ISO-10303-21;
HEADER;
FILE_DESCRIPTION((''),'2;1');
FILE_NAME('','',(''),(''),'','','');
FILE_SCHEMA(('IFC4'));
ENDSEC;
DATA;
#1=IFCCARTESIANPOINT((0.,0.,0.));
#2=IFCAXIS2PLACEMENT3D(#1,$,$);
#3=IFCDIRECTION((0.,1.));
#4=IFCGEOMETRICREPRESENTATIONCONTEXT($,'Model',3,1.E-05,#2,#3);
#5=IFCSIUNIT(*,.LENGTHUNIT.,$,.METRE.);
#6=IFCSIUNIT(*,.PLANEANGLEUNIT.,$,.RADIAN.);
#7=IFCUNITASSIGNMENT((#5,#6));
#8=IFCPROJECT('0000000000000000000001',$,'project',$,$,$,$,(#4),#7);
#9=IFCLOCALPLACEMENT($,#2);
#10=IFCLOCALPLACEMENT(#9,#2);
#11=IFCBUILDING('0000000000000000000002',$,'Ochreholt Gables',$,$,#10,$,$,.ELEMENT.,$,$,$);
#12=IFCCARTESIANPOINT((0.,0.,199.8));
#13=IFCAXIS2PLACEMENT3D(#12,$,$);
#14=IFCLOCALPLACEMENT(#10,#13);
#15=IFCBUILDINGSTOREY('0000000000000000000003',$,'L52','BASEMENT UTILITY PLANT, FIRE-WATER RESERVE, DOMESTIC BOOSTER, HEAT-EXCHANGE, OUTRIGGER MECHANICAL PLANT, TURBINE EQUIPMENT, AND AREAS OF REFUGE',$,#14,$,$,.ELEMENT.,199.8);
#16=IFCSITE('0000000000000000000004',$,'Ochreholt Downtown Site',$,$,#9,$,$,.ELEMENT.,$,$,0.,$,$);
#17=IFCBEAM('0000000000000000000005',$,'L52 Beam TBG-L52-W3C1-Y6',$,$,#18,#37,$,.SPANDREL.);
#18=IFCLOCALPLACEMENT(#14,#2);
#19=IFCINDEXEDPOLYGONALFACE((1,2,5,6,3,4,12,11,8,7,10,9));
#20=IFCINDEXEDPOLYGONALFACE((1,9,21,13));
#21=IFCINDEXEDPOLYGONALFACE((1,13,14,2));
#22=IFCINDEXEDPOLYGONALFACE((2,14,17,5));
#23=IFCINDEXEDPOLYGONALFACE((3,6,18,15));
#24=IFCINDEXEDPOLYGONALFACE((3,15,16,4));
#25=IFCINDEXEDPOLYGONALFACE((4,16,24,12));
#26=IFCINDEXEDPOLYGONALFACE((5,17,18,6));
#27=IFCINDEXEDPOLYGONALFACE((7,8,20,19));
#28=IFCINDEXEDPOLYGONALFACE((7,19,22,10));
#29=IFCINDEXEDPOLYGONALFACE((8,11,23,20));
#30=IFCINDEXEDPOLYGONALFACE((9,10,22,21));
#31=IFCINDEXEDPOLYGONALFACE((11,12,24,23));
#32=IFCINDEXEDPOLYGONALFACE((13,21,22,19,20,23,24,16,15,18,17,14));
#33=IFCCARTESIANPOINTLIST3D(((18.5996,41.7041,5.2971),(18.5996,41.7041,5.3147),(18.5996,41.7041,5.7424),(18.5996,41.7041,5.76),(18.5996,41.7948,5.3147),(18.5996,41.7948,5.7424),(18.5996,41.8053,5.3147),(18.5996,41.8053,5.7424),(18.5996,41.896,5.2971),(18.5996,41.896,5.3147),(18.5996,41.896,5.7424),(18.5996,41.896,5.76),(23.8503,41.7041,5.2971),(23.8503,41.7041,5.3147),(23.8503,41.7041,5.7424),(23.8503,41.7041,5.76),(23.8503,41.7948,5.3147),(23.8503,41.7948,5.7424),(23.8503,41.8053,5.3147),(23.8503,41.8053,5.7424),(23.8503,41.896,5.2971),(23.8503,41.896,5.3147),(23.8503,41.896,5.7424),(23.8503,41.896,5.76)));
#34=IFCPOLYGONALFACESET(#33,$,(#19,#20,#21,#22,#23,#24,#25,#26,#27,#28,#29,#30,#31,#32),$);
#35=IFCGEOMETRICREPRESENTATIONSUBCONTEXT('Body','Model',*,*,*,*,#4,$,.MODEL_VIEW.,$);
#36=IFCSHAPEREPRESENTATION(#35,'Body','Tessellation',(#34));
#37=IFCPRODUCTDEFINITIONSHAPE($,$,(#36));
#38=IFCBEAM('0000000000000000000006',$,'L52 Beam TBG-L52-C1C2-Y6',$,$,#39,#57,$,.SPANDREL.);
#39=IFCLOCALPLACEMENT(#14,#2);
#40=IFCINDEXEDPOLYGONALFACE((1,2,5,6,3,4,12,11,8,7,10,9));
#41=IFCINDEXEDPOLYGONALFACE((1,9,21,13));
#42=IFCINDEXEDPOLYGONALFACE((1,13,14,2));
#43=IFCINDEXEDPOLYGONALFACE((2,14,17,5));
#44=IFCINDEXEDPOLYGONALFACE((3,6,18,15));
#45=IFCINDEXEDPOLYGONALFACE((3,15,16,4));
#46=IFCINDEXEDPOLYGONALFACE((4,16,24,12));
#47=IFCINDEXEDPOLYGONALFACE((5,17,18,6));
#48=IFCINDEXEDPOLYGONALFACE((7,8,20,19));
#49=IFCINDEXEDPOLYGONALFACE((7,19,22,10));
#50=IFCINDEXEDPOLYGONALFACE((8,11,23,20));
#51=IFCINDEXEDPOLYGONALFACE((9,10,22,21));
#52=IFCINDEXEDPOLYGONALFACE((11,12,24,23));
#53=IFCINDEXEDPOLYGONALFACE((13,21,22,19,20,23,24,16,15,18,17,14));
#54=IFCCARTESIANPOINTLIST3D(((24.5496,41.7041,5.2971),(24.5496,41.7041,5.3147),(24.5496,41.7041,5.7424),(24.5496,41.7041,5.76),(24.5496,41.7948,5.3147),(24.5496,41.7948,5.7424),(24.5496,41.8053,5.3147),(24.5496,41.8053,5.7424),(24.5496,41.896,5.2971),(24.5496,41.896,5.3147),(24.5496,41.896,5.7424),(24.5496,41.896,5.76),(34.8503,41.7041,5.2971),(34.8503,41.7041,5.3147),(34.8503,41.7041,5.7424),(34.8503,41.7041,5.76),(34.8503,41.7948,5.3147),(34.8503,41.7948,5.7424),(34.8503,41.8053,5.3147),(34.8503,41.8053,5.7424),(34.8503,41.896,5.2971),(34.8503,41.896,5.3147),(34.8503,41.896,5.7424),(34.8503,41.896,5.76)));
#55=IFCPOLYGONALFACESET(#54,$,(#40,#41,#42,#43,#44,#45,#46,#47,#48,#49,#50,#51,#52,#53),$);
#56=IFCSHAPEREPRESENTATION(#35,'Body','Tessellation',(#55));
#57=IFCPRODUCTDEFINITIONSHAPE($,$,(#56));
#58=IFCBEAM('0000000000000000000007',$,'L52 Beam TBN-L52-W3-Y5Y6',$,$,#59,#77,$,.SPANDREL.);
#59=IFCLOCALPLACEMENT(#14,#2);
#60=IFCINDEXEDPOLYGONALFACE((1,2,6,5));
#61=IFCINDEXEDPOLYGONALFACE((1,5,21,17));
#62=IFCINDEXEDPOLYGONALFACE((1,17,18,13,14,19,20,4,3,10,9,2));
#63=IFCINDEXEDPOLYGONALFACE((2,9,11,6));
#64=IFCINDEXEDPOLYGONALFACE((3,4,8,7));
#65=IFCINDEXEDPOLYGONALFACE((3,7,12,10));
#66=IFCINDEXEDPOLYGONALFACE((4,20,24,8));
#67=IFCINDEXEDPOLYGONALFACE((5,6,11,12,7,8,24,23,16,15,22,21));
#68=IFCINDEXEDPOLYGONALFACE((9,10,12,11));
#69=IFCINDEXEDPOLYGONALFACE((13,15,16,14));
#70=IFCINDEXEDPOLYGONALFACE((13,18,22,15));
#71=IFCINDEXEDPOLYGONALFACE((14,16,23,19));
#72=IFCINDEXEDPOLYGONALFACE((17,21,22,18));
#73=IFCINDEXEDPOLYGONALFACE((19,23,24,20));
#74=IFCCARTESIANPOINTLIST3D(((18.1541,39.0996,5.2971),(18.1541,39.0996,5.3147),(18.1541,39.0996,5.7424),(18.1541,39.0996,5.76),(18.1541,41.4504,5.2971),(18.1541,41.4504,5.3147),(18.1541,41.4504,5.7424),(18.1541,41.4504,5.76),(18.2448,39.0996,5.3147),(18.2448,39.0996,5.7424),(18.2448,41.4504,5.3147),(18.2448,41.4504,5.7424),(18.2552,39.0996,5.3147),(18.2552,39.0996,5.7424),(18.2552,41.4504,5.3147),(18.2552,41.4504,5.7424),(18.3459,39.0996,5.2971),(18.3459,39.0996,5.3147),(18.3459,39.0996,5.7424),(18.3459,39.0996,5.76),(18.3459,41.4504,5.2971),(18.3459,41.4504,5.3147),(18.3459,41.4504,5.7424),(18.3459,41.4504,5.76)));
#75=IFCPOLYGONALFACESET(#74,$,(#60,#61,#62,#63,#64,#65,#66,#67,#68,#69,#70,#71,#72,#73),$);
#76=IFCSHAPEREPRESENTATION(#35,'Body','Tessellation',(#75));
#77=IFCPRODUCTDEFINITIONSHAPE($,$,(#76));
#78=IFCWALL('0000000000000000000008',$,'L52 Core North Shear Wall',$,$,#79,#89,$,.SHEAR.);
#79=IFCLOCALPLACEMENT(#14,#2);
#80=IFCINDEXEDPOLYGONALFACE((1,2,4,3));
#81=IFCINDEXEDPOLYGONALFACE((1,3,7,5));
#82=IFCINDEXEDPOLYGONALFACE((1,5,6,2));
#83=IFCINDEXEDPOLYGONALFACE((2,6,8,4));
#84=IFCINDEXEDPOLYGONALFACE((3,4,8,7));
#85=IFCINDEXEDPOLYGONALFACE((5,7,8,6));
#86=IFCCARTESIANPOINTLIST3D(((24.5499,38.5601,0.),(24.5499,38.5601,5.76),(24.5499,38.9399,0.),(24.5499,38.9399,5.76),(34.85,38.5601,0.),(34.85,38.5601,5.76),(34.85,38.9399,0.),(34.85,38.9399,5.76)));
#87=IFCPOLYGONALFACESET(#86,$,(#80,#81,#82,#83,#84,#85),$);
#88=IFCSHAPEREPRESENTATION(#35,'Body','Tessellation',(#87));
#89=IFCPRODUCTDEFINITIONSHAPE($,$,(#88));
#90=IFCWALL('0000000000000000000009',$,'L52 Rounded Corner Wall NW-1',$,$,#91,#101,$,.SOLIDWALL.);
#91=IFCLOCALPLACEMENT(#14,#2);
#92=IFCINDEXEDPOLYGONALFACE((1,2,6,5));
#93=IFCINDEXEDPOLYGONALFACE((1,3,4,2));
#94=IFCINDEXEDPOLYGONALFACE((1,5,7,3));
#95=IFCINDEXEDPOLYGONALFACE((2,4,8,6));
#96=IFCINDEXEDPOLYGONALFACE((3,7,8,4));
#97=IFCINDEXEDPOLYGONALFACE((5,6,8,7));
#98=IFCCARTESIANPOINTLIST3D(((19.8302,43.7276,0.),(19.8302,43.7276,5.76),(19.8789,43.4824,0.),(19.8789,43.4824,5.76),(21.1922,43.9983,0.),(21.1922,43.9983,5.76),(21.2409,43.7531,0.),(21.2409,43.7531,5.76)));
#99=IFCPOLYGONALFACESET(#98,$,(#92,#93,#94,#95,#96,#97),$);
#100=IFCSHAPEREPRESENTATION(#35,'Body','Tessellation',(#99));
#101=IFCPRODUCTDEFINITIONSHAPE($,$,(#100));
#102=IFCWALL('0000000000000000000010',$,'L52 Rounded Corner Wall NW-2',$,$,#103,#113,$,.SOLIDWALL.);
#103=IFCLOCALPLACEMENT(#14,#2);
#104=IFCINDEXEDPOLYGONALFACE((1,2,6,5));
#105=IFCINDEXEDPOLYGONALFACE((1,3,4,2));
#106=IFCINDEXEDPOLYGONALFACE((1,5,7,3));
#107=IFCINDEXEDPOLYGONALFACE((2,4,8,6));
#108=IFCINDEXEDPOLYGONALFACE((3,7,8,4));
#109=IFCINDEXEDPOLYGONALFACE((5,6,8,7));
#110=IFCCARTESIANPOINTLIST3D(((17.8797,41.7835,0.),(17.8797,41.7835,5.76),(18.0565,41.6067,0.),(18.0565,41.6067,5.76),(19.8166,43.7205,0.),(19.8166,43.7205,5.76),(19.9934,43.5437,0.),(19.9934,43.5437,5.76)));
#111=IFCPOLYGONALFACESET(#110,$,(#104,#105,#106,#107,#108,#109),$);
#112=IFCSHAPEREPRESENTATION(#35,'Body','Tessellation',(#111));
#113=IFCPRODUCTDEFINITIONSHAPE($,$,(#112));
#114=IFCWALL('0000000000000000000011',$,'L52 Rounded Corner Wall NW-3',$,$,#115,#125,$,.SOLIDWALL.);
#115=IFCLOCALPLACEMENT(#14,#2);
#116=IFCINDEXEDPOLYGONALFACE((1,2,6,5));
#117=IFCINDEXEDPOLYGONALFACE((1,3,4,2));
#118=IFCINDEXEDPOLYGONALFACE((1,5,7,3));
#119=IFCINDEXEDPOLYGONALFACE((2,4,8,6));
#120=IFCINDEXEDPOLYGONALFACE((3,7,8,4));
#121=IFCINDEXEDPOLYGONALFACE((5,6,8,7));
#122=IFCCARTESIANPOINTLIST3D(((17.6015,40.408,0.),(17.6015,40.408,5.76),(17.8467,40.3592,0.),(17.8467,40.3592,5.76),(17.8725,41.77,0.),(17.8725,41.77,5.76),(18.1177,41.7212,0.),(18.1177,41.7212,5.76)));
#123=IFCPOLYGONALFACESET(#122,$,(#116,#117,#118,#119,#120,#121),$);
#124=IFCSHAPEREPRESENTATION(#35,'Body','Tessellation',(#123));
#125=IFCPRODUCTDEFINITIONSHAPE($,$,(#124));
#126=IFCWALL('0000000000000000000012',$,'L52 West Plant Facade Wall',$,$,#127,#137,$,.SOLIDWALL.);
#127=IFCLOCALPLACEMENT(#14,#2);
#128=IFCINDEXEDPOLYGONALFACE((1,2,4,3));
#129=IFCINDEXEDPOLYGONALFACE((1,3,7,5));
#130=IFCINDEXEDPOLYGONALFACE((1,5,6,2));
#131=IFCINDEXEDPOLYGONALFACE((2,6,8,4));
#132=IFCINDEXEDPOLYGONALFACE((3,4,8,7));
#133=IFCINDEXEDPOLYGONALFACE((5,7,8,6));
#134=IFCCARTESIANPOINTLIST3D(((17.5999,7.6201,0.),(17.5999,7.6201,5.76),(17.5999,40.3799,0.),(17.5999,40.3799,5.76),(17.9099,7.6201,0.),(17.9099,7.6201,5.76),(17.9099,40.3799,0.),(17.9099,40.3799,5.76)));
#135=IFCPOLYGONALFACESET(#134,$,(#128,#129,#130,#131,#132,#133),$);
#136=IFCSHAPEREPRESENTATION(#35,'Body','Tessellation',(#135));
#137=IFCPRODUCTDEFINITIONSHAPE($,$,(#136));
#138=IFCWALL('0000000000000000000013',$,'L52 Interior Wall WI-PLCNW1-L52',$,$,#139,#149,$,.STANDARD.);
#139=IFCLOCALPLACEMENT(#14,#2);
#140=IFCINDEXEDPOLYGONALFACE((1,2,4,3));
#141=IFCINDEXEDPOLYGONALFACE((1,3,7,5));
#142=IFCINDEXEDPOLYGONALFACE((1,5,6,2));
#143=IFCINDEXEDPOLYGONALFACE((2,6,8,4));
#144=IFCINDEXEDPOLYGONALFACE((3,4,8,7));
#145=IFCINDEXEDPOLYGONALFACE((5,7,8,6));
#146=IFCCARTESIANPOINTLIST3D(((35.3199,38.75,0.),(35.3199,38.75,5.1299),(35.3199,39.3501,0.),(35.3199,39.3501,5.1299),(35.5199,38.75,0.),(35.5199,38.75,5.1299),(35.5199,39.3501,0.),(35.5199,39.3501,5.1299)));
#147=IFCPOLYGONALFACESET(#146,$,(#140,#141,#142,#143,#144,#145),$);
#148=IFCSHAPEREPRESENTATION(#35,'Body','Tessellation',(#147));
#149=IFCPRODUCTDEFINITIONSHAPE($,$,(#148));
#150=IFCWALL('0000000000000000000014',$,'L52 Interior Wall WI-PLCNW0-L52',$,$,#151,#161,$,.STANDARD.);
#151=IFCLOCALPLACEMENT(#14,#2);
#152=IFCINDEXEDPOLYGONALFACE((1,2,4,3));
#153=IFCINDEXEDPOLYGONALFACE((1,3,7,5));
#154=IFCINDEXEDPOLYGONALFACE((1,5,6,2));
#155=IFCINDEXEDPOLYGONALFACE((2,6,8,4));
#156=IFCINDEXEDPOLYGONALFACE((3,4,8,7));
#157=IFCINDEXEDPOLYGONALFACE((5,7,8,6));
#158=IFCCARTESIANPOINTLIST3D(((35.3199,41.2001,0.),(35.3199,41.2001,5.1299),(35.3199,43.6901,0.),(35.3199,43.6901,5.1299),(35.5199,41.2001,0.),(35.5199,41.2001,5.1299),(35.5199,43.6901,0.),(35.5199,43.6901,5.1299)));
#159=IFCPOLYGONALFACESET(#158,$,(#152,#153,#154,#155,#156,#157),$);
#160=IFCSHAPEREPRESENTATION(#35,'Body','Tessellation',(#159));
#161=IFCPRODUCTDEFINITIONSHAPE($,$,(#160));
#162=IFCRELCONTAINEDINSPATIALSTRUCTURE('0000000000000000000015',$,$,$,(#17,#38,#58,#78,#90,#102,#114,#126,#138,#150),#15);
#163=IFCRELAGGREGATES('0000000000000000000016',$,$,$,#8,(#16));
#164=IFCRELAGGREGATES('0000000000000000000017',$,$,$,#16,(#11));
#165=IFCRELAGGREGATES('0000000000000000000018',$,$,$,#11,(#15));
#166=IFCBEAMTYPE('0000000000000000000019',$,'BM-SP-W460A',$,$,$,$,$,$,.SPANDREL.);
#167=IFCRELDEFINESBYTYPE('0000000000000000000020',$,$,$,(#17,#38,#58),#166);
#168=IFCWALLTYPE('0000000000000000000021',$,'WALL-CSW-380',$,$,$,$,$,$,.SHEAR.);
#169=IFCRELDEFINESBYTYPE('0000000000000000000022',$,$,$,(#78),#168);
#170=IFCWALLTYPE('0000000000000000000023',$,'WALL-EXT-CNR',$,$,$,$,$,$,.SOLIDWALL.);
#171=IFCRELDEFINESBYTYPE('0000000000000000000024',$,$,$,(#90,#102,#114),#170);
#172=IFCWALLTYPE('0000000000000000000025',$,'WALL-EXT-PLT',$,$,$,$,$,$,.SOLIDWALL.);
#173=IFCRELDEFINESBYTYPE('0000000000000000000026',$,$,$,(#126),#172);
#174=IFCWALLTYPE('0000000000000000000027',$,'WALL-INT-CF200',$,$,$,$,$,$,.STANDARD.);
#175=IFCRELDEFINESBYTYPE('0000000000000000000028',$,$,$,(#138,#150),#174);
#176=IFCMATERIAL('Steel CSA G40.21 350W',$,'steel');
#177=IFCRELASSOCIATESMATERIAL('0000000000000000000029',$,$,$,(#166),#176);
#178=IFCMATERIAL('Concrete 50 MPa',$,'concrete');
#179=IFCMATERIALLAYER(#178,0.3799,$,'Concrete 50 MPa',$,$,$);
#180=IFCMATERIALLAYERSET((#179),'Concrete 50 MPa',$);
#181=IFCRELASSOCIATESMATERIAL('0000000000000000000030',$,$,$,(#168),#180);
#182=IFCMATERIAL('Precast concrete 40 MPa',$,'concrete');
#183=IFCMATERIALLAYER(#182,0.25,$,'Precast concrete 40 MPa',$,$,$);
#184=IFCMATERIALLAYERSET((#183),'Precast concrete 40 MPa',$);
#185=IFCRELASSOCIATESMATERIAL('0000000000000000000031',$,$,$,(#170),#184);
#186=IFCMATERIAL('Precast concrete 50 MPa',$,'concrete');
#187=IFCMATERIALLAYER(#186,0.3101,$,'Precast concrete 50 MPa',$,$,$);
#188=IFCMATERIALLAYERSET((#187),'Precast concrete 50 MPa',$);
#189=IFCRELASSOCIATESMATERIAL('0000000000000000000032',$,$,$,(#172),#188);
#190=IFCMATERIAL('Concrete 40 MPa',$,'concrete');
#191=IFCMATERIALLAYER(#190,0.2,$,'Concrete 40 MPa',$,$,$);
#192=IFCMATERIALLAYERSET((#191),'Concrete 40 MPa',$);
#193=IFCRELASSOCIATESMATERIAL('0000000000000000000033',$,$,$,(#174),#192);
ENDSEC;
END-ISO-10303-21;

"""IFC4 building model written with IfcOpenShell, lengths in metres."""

from ifc_helpers import new_model, si_unit, direction, frame, frame_2d, origin, origin_2d, place, context, subcontext, project, spatial, rectangle, i_section, extrude, material, layer, layer_set, material_profile, profile_set, type_object, element, save


model = new_model("IFC4")

# Units and contexts
model_context = context("Model", 3, precision=1e-05, world=origin(), true_north=direction((0.0, 1.0)))
body_context = subcontext(model_context, "Body", "Model", "MODEL_VIEW")
ifc_project = project(units=[si_unit("LENGTHUNIT", "METRE"), si_unit("PLANEANGLEUNIT", "RADIAN")], contexts=[model_context])

# Site, building, storey
site_placement = place(None, origin())
site = spatial("IfcSite", under=ifc_project, at=site_placement, Name="Ochreholt Downtown Site", CompositionType="ELEMENT", RefElevation=0.0)
building_placement = place(site_placement, origin())
building = spatial("IfcBuilding", under=site, at=building_placement, Name="Ochreholt Gables", CompositionType="ELEMENT")
storey_placement = place(building_placement, frame((0.0, 0.0, 199.8)))
storey = spatial("IfcBuildingStorey", under=building, at=storey_placement, Name="L52", Description="BASEMENT UTILITY PLANT, FIRE-WATER RESERVE, DOMESTIC BOOSTER, HEAT-EXCHANGE, OUTRIGGER MECHANICAL PLANT, TURBINE EQUIPMENT, AND AREAS OF REFUGE", CompositionType="ELEMENT", Elevation=199.8)

# Shared definitions
ifc_material_1 = material(Name="Concrete 50 MPa", Category="concrete")

# Beams
ifc_material_2 = material(Name="Steel CSA G40.21 350W", Category="steel")
ifc_material_profile_1 = material_profile(ifc_material_2, i_section(OverallWidth=0.1919, OverallDepth=0.4629, WebThickness=0.0105, FlangeThickness=0.0176, at=origin_2d()), Name="W460X89")
ifc_profile_set_1 = profile_set([ifc_material_profile_1], Name="Steel CSA G40.21 350W")
beam_type_1 = type_object("IfcBeamType", Name="BM-SP-W460A", PredefinedType="SPANDREL", material=ifc_profile_set_1)
beam_1_placement = place(storey_placement, frame((18.5996, 41.8, 5.5286), z_axis=(1.0, 0.0, 0.0), x_axis=(0.0, 1.0, 0.0)))
element("IfcBeam", 1, at=beam_1_placement, inside=storey, type_object=beam_type_1, Name="L52 Beam TBG-L52-W3C1-Y6", PredefinedType="SPANDREL", context=body_context, shape_type="SweptSolid", body=[
    extrude(i_section(OverallWidth=0.1919, OverallDepth=0.4629, WebThickness=0.0105, FlangeThickness=0.0176, at=origin_2d()), origin(), (0.0, 0.0, 1.0), 5.2507),
])
beam_2_placement = place(storey_placement, frame((24.5496, 41.8, 5.5286), z_axis=(1.0, 0.0, 0.0), x_axis=(0.0, 1.0, 0.0)))
element("IfcBeam", 2, at=beam_2_placement, inside=storey, type_object=beam_type_1, Name="L52 Beam TBG-L52-C1C2-Y6", PredefinedType="SPANDREL", context=body_context, shape_type="SweptSolid", body=[
    extrude(i_section(OverallWidth=0.1919, OverallDepth=0.4629, WebThickness=0.0105, FlangeThickness=0.0176, at=origin_2d()), origin(), (0.0, 0.0, 1.0), 10.3008),
])
beam_3_placement = place(storey_placement, frame((18.25, 39.0996, 5.5286), z_axis=(0.0, 1.0, 0.0), x_axis=(-1.0, 0.0, 0.0)))
element("IfcBeam", 3, at=beam_3_placement, inside=storey, type_object=beam_type_1, Name="L52 Beam TBN-L52-W3-Y5Y6", PredefinedType="SPANDREL", context=body_context, shape_type="SweptSolid", body=[
    extrude(i_section(OverallWidth=0.1919, OverallDepth=0.4629, WebThickness=0.0105, FlangeThickness=0.0176, at=origin_2d()), origin(), (0.0, 0.0, 1.0), 2.3508),
])

# Walls
ifc_layer_1 = layer(ifc_material_1, 0.3799, Name="Concrete 50 MPa")
ifc_layer_set_1 = layer_set([ifc_layer_1], Name="Concrete 50 MPa")
wall_type_1 = type_object("IfcWallType", Name="WALL-CSW-380", PredefinedType="SHEAR", material=ifc_layer_set_1)
wall_1_placement = place(storey_placement, frame((24.55, 38.75, 0.0), z_axis=(0.0, 0.0, 1.0), x_axis=(1.0, 0.0, 0.0)))
element("IfcWall", 4, at=wall_1_placement, inside=storey, type_object=wall_type_1, Name="L52 Core North Shear Wall", PredefinedType="SHEAR", context=body_context, shape_type="SweptSolid", body=[
    extrude(rectangle(XDim=10.3, YDim=0.3799, at=frame_2d((5.1499, 0.0))), origin(), (0.0, 0.0, 1.0), 5.76),
])
ifc_material_3 = material(Name="Precast concrete 40 MPa", Category="concrete")
ifc_layer_2 = layer(ifc_material_3, 0.25, Name="Precast concrete 40 MPa")
ifc_layer_set_2 = layer_set([ifc_layer_2], Name="Precast concrete 40 MPa")
wall_type_2 = type_object("IfcWallType", Name="WALL-EXT-CNR", PredefinedType="SOLIDWALL", material=ifc_layer_set_2)
wall_2_placement = place(storey_placement, frame((21.2166, 43.8757, 0.0), z_axis=(0.0, 0.0, 1.0), x_axis=(-0.98081, -0.194967, 0.0)))
element("IfcWall", 5, at=wall_2_placement, inside=storey, type_object=wall_type_2, Name="L52 Rounded Corner Wall NW-1", PredefinedType="SOLIDWALL", context=body_context, shape_type="SweptSolid", body=[
    extrude(rectangle(XDim=1.3887, YDim=0.25, at=frame_2d((0.6943, 0.0))), origin(), (0.0, 0.0, 1.0), 5.76),
])
wall_3_placement = place(storey_placement, frame((19.905, 43.6321, 0.0), z_axis=(0.0, 0.0, 1.0), x_axis=(-0.707107, -0.707107, 0.0)))
element("IfcWall", 6, at=wall_3_placement, inside=storey, type_object=wall_type_2, Name="L52 Rounded Corner Wall NW-2", PredefinedType="SOLIDWALL", context=body_context, shape_type="SweptSolid", body=[
    extrude(rectangle(XDim=2.7393, YDim=0.25, at=frame_2d((1.3696, 0.0))), origin(), (0.0, 0.0, 1.0), 5.76),
])
wall_4_placement = place(storey_placement, frame((17.9951, 41.7456, 0.0), z_axis=(0.0, 0.0, 1.0), x_axis=(-0.195136, -0.980776, 0.0)))
element("IfcWall", 7, at=wall_4_placement, inside=storey, type_object=wall_type_2, Name="L52 Rounded Corner Wall NW-3", PredefinedType="SOLIDWALL", context=body_context, shape_type="SweptSolid", body=[
    extrude(rectangle(XDim=1.3887, YDim=0.25, at=frame_2d((0.6943, 0.0))), origin(), (0.0, 0.0, 1.0), 5.76),
])
ifc_material_4 = material(Name="Precast concrete 50 MPa", Category="concrete")
ifc_layer_3 = layer(ifc_material_4, 0.3101, Name="Precast concrete 50 MPa")
ifc_layer_set_3 = layer_set([ifc_layer_3], Name="Precast concrete 50 MPa")
wall_type_3 = type_object("IfcWallType", Name="WALL-EXT-PLT", PredefinedType="SOLIDWALL", material=ifc_layer_set_3)
wall_5_placement = place(storey_placement, frame((17.7549, 40.3799, 0.0), z_axis=(0.0, 0.0, 1.0), x_axis=(0.0, -1.0, 0.0)))
element("IfcWall", 8, at=wall_5_placement, inside=storey, type_object=wall_type_3, Name="L52 West Plant Facade Wall", PredefinedType="SOLIDWALL", context=body_context, shape_type="SweptSolid", body=[
    extrude(rectangle(XDim=32.7598, YDim=0.3101, at=frame_2d((16.3799, 0.0))), origin(), (0.0, 0.0, 1.0), 5.76),
])
ifc_material_5 = material(Name="Concrete 40 MPa", Category="concrete")
ifc_layer_4 = layer(ifc_material_5, 0.2, Name="Concrete 40 MPa")
ifc_layer_set_4 = layer_set([ifc_layer_4], Name="Concrete 40 MPa")
wall_type_4 = type_object("IfcWallType", Name="WALL-INT-CF200", PredefinedType="STANDARD", material=ifc_layer_set_4)
wall_6_placement = place(storey_placement, frame((35.4199, 38.75, 0.0), z_axis=(0.0, 0.0, 1.0), x_axis=(0.0, 1.0, 0.0)))
element("IfcWall", 9, at=wall_6_placement, inside=storey, type_object=wall_type_4, Name="L52 Interior Wall WI-PLCNW1-L52", PredefinedType="STANDARD", context=body_context, shape_type="SweptSolid", body=[
    extrude(rectangle(XDim=0.6001, YDim=0.2, at=frame_2d((0.3, 0.0))), origin(), (0.0, 0.0, 1.0), 5.1299),
])
wall_7_placement = place(storey_placement, frame((35.4199, 41.2, 0.0), z_axis=(0.0, 0.0, 1.0), x_axis=(0.0, 1.0, 0.0)))
element("IfcWall", 10, at=wall_7_placement, inside=storey, type_object=wall_type_4, Name="L52 Interior Wall WI-PLCNW0-L52", PredefinedType="STANDARD", context=body_context, shape_type="SweptSolid", body=[
    extrude(rectangle(XDim=2.49, YDim=0.2, at=frame_2d((1.2451, 0.0))), origin(), (0.0, 0.0, 1.0), 5.1299),
])

save(model, "model.ifc")
